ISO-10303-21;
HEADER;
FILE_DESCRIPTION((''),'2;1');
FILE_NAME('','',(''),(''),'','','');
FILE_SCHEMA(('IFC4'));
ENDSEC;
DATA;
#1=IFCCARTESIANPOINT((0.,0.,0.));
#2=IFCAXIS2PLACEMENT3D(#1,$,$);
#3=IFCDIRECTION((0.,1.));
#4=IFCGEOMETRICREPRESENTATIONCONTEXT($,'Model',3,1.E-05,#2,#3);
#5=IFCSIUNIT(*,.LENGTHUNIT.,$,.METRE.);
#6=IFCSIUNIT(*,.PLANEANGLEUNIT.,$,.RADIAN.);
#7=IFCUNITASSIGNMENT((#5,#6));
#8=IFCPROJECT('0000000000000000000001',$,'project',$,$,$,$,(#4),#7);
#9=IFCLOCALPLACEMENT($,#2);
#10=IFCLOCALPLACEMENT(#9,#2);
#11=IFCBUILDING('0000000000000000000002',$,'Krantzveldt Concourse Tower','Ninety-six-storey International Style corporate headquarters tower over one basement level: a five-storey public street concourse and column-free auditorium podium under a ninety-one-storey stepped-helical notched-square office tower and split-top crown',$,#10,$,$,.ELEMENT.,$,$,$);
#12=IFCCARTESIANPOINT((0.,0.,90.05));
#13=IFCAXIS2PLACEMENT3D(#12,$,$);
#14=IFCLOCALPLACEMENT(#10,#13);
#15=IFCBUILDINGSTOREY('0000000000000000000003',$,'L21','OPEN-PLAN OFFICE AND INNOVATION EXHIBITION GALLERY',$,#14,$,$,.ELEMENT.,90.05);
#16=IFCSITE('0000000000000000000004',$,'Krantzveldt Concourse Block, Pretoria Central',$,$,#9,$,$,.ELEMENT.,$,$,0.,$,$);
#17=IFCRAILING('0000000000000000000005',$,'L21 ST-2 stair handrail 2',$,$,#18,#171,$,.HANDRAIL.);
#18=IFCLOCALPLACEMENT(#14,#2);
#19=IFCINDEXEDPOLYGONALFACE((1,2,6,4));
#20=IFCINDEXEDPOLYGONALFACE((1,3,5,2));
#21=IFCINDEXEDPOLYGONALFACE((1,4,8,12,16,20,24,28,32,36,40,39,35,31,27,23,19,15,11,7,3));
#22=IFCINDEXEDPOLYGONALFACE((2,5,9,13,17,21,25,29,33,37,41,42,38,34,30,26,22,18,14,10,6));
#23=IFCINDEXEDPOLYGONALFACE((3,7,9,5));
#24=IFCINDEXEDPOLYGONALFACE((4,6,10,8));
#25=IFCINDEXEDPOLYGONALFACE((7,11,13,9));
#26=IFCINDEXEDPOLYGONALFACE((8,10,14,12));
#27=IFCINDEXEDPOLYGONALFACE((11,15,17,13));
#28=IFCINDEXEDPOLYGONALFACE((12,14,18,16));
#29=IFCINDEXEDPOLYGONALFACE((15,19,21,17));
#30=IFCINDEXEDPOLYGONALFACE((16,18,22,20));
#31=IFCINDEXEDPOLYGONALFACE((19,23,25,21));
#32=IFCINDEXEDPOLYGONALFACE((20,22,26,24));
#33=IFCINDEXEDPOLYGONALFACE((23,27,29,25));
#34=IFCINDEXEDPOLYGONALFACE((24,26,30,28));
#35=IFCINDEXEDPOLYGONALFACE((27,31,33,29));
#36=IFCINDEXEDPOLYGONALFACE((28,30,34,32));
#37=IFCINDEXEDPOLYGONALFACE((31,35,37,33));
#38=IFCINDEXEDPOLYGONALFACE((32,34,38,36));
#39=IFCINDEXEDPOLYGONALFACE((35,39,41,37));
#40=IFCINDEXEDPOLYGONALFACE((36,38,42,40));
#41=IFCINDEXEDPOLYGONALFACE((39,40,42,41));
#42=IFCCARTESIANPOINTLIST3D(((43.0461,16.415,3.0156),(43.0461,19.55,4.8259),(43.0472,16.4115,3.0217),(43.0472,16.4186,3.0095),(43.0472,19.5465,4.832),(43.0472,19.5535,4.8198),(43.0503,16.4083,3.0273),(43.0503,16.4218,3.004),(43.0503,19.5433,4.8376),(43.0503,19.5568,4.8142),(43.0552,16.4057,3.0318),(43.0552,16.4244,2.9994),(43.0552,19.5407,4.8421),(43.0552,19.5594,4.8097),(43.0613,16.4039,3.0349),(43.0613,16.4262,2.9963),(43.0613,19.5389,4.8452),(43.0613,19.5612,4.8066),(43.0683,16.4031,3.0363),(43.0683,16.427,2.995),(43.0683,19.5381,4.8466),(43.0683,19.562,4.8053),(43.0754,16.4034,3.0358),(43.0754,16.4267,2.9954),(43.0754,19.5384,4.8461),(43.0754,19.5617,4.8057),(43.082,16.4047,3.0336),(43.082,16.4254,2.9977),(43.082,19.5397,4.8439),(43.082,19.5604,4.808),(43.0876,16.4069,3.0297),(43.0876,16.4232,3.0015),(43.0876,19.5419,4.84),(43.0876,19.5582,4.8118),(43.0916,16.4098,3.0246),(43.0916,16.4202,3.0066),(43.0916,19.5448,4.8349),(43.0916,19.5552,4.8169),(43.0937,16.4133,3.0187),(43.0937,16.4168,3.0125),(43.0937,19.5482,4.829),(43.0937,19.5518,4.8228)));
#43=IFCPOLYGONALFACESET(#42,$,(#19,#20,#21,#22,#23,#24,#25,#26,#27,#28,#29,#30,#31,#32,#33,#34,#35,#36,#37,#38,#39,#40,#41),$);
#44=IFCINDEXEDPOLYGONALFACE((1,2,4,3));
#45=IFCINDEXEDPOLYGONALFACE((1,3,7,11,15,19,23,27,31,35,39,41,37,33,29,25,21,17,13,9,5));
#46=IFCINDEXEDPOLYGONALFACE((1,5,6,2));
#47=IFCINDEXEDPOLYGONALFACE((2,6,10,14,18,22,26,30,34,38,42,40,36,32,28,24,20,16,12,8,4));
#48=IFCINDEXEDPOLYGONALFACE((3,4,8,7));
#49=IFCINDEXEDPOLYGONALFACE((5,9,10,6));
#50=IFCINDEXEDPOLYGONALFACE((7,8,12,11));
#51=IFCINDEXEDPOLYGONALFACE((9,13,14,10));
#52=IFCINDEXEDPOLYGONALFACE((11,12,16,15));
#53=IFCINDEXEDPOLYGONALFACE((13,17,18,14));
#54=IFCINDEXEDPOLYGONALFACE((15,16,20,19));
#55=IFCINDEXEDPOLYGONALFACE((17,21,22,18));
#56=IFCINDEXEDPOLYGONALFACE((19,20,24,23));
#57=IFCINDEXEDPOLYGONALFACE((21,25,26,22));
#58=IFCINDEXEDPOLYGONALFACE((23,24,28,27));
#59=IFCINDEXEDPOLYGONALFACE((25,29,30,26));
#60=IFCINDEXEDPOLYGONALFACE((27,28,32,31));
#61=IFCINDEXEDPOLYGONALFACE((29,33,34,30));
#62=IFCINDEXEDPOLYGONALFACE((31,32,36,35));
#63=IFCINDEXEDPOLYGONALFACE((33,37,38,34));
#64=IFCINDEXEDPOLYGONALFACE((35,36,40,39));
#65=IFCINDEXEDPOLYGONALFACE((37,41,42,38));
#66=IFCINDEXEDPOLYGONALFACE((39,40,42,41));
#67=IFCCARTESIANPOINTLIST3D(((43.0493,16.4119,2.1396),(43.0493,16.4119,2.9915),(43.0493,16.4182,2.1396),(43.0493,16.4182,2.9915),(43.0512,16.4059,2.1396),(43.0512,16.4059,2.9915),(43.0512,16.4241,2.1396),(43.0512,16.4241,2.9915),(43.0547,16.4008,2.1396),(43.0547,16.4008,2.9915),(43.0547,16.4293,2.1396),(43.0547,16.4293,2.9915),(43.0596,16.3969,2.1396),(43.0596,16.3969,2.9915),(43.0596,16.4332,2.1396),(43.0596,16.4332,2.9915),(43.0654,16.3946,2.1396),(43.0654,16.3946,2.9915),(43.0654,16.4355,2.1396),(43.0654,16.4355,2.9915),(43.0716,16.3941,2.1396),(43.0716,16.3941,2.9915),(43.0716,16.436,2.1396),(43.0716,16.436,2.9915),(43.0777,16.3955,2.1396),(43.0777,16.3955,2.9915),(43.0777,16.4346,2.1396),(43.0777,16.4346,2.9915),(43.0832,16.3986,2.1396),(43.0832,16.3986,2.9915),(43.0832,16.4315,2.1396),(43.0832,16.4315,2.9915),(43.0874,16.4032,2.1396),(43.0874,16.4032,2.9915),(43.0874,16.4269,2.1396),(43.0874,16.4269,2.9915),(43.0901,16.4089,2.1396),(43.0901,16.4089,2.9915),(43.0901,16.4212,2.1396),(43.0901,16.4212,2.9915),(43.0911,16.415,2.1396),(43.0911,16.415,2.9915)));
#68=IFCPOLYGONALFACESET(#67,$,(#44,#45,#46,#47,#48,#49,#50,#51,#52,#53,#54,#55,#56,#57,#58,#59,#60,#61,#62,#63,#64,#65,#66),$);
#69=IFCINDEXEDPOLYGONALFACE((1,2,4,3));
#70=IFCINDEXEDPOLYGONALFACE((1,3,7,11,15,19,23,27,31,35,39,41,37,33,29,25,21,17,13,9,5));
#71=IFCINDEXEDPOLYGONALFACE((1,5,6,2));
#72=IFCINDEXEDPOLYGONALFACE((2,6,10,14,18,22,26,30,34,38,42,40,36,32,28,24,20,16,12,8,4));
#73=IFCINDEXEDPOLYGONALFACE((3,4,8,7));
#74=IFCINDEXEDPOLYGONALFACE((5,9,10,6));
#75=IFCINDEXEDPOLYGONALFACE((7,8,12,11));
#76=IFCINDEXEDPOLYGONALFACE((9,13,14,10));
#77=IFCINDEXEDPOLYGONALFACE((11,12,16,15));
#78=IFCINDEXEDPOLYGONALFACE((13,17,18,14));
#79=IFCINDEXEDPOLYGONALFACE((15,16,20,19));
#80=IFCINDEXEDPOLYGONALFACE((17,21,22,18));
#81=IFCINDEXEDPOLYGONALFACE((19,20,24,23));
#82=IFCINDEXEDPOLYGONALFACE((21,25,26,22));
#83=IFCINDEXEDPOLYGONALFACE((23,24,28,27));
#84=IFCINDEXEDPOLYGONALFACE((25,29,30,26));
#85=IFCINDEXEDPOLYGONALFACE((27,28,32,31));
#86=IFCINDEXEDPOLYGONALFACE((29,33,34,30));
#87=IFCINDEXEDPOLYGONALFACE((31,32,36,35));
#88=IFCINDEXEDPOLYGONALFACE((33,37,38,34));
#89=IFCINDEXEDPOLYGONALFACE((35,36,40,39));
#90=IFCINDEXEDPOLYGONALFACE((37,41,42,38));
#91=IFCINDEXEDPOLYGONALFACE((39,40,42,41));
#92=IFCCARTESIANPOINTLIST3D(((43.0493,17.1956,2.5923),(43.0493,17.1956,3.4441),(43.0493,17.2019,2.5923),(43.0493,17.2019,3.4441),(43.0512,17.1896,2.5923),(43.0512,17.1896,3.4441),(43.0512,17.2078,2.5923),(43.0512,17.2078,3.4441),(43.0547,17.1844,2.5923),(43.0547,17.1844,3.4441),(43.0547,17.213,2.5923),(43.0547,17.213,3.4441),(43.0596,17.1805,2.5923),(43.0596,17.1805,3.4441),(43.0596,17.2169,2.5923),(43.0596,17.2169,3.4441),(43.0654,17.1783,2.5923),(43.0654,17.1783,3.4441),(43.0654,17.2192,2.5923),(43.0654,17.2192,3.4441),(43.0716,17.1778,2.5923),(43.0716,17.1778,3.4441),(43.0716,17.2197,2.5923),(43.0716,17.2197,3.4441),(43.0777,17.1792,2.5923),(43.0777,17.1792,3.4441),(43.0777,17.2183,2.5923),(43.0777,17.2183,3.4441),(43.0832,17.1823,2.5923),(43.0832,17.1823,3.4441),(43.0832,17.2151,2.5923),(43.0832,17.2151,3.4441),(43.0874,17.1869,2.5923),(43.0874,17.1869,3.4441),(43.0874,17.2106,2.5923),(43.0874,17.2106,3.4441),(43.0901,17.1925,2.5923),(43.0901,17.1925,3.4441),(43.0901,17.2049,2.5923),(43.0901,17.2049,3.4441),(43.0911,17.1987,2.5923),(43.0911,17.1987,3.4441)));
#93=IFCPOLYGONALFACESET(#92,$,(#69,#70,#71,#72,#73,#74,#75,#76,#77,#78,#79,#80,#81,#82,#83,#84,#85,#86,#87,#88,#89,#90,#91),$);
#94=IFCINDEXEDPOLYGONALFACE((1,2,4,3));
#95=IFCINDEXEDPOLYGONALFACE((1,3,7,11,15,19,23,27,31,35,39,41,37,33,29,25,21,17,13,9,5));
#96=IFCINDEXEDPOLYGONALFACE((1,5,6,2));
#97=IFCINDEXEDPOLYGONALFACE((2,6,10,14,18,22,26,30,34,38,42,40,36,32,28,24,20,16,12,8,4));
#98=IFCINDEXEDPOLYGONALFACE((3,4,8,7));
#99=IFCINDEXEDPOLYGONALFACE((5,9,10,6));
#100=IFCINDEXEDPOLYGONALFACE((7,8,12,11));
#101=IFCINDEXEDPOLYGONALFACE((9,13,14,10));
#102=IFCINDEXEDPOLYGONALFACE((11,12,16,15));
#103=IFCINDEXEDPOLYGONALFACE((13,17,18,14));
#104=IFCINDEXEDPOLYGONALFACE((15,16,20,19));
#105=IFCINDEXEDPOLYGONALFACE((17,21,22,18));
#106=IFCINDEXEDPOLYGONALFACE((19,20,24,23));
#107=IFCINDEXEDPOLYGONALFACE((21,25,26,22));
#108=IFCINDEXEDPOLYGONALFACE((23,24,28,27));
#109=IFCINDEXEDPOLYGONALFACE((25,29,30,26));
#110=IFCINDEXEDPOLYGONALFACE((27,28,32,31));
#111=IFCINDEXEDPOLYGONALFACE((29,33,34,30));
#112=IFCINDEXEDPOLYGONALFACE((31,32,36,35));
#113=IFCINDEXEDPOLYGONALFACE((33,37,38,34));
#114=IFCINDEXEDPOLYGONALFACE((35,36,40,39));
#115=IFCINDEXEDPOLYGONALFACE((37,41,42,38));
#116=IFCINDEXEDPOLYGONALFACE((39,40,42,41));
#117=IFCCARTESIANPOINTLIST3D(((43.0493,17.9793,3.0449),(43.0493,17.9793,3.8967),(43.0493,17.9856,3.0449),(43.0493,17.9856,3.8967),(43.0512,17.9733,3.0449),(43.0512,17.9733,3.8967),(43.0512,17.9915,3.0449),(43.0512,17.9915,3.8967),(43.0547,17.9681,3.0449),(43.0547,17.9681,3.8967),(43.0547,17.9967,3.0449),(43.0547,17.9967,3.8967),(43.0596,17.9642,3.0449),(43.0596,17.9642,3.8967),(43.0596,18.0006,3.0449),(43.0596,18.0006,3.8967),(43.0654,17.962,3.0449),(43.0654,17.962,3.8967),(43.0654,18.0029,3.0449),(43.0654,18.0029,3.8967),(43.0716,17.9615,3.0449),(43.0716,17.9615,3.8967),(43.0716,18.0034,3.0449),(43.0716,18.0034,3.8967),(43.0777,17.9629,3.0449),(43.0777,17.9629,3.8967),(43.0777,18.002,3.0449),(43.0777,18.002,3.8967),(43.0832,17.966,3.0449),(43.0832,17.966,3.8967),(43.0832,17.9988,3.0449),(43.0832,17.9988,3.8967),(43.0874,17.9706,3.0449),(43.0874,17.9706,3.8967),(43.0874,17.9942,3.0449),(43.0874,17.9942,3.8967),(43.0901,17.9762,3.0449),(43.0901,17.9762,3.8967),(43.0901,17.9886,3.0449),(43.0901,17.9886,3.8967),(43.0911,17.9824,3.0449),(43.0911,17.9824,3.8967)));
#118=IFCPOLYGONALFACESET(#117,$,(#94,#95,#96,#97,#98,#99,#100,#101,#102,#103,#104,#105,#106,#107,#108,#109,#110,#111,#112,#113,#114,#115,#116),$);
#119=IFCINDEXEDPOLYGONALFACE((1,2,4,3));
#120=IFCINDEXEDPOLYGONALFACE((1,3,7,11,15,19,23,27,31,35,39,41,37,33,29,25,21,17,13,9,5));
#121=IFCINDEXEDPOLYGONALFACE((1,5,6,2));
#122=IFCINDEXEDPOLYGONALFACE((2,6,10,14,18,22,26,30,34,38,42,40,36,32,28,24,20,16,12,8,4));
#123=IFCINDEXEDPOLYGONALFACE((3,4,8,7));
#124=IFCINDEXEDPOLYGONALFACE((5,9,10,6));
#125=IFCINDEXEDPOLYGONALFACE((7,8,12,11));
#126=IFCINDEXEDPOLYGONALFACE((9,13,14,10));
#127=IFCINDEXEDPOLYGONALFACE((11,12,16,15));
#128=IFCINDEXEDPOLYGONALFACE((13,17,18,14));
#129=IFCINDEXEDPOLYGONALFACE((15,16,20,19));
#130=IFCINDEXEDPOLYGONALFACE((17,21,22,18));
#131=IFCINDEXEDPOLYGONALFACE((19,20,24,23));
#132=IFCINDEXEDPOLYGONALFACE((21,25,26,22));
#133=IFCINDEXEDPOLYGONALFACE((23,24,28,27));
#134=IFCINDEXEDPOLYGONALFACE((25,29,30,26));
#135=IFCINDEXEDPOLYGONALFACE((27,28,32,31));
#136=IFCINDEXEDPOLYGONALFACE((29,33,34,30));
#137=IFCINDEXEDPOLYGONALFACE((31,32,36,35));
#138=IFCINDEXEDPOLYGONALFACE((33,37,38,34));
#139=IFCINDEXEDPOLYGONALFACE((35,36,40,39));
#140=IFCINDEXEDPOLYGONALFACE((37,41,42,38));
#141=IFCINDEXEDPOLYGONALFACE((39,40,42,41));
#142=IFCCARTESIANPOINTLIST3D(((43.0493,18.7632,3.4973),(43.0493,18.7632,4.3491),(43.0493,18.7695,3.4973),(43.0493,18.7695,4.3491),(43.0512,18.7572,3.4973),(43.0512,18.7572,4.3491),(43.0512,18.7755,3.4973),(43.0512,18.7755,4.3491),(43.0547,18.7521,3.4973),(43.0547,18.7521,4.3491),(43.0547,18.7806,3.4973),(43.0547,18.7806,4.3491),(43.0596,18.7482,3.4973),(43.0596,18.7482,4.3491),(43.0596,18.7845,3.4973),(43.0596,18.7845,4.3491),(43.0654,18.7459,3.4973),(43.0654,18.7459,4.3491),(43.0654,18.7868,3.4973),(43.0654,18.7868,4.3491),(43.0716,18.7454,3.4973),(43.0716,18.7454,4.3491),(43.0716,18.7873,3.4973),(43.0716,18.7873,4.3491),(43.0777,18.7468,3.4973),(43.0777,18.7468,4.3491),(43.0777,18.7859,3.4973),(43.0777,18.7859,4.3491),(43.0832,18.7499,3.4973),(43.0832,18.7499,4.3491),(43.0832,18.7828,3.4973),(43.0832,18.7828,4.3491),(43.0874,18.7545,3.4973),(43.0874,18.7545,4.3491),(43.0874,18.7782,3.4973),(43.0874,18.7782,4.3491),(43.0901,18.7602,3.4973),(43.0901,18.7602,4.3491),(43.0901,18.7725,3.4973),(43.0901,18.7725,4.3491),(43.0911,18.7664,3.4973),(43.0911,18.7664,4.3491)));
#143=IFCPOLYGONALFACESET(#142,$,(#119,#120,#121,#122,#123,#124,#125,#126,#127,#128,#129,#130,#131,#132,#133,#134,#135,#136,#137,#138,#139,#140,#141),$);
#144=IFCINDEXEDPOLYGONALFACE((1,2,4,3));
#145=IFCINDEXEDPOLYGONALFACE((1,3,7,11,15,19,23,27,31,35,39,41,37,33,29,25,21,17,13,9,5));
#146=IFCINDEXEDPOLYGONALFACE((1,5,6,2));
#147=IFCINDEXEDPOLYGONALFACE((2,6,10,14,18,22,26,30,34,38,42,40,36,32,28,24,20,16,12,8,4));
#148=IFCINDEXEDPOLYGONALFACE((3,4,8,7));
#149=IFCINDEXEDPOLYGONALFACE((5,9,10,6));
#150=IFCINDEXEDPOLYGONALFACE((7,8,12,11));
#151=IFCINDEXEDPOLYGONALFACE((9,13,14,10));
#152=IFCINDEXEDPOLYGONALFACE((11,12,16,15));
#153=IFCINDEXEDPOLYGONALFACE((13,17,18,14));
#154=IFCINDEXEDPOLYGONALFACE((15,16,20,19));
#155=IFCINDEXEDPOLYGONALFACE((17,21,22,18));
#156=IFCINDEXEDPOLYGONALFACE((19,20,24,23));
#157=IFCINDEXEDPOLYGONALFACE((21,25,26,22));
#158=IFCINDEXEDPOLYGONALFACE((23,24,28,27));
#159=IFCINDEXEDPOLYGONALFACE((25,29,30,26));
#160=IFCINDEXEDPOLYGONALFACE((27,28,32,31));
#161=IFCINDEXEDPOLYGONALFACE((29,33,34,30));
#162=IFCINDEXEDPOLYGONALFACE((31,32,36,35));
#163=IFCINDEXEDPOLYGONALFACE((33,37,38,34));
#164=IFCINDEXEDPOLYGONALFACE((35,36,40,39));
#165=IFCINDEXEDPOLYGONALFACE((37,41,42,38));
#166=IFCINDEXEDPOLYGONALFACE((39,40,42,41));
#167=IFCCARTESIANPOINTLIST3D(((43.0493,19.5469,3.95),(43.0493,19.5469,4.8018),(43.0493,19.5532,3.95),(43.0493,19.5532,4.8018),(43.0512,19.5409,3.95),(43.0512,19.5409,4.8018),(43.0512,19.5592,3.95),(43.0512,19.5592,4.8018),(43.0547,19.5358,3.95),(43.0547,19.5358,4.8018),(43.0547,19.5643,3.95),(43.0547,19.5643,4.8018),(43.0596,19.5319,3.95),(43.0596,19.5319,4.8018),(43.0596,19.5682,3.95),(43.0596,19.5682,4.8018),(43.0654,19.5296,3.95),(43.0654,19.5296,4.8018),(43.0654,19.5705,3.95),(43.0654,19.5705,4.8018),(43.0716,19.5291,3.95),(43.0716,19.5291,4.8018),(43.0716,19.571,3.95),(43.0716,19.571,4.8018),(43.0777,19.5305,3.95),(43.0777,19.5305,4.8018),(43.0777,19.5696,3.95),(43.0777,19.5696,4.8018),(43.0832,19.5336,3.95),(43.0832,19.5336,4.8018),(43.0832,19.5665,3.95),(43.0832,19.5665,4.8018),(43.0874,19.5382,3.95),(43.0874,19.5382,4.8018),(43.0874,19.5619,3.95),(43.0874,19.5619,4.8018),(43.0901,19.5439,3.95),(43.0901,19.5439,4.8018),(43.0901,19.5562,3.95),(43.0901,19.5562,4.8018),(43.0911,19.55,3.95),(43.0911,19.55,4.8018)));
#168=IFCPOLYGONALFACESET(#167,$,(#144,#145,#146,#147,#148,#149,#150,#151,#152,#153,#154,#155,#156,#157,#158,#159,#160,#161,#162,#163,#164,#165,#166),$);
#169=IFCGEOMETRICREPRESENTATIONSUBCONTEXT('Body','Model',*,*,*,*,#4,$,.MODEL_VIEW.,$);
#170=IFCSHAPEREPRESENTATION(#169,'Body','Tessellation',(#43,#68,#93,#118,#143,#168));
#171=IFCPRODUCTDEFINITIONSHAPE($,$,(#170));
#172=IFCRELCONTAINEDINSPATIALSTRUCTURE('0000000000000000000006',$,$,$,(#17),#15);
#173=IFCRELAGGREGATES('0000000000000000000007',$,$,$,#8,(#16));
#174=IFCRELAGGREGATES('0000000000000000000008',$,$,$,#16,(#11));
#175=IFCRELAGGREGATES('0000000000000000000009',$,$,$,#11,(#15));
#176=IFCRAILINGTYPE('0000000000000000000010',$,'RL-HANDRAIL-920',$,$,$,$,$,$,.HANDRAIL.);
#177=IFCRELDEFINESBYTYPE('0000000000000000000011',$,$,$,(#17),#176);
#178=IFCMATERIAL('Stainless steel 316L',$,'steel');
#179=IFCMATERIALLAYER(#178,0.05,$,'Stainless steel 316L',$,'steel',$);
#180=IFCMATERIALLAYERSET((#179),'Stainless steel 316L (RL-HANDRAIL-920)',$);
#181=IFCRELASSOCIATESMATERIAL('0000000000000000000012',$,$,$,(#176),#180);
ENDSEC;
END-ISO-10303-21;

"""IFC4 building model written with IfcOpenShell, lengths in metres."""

from ifc_helpers import new_model, si_unit, direction, frame, origin, origin_2d, place, context, subcontext, project, spatial, circle, extrude, material, layer, layer_set, type_object, element, save


model = new_model("IFC4")

# Units and contexts
model_context = context("Model", 3, precision=1e-05, world=origin(), true_north=direction((0.0, 1.0)))
body_context = subcontext(model_context, "Body", "Model", "MODEL_VIEW")
ifc_project = project(units=[si_unit("LENGTHUNIT", "METRE"), si_unit("PLANEANGLEUNIT", "RADIAN")], contexts=[model_context])

# Site, building, storey
site_placement = place(None, origin())
site = spatial("IfcSite", under=ifc_project, at=site_placement, Name="Krantzveldt Concourse Block, Pretoria Central", CompositionType="ELEMENT", RefElevation=0.0)
building_placement = place(site_placement, origin())
building = spatial("IfcBuilding", under=site, at=building_placement, Name="Krantzveldt Concourse Tower", Description="Ninety-six-storey International Style corporate headquarters tower over one basement level: a five-storey public street concourse and column-free auditorium podium under a ninety-one-storey stepped-helical notched-square office tower and split-top crown", CompositionType="ELEMENT")
storey_placement = place(building_placement, frame((0.0, 0.0, 90.05)))
storey = spatial("IfcBuildingStorey", under=building, at=storey_placement, Name="L21", Description="OPEN-PLAN OFFICE AND INNOVATION EXHIBITION GALLERY", CompositionType="ELEMENT", Elevation=90.05)

# Shared definitions
ifc_material_1 = material(Name="Stainless steel 316L", Category="steel")

# Railing
ifc_layer_1 = layer(ifc_material_1, 0.05, Name="Stainless steel 316L", Category="steel")
ifc_layer_set_1 = layer_set([ifc_layer_1], Name="Stainless steel 316L (RL-HANDRAIL-920)")
railing_type_1 = type_object("IfcRailingType", Name="RL-HANDRAIL-920", PredefinedType="HANDRAIL", material=ifc_layer_set_1)
railing_1_placement = place(storey_placement, frame((43.0701, 16.415, 2.1396)))
element("IfcRailing", 1, at=railing_1_placement, inside=storey, type_object=railing_type_1, Name="L21 ST-2 stair handrail 2", PredefinedType="HANDRAIL", context=body_context, shape_type="SweptSolid", body=[
    extrude(circle(Radius=0.0239, at=origin_2d()), frame((0.0, 0.0, 0.876), z_axis=(0.0, 0.865989, 0.500063), x_axis=(-1.0, 0.0, 0.0)), (0.0, 0.0, 1.0), 3.6201),
    extrude(circle(Radius=0.021, at=origin_2d()), origin(), (0.0, 0.0, 1.0), 0.8518),
    extrude(circle(Radius=0.021, at=origin_2d()), frame((0.0, 0.7837, 0.4526)), (0.0, 0.0, 1.0), 0.8518),
    extrude(circle(Radius=0.021, at=origin_2d()), frame((0.0, 1.5674, 0.9053)), (0.0, 0.0, 1.0), 0.8518),
    extrude(circle(Radius=0.021, at=origin_2d()), frame((0.0, 2.3513, 1.3577)), (0.0, 0.0, 1.0), 0.8518),
    extrude(circle(Radius=0.021, at=origin_2d()), frame((0.0, 3.135, 1.8103)), (0.0, 0.0, 1.0), 0.8518),
])

save(model, "model.ifc")
